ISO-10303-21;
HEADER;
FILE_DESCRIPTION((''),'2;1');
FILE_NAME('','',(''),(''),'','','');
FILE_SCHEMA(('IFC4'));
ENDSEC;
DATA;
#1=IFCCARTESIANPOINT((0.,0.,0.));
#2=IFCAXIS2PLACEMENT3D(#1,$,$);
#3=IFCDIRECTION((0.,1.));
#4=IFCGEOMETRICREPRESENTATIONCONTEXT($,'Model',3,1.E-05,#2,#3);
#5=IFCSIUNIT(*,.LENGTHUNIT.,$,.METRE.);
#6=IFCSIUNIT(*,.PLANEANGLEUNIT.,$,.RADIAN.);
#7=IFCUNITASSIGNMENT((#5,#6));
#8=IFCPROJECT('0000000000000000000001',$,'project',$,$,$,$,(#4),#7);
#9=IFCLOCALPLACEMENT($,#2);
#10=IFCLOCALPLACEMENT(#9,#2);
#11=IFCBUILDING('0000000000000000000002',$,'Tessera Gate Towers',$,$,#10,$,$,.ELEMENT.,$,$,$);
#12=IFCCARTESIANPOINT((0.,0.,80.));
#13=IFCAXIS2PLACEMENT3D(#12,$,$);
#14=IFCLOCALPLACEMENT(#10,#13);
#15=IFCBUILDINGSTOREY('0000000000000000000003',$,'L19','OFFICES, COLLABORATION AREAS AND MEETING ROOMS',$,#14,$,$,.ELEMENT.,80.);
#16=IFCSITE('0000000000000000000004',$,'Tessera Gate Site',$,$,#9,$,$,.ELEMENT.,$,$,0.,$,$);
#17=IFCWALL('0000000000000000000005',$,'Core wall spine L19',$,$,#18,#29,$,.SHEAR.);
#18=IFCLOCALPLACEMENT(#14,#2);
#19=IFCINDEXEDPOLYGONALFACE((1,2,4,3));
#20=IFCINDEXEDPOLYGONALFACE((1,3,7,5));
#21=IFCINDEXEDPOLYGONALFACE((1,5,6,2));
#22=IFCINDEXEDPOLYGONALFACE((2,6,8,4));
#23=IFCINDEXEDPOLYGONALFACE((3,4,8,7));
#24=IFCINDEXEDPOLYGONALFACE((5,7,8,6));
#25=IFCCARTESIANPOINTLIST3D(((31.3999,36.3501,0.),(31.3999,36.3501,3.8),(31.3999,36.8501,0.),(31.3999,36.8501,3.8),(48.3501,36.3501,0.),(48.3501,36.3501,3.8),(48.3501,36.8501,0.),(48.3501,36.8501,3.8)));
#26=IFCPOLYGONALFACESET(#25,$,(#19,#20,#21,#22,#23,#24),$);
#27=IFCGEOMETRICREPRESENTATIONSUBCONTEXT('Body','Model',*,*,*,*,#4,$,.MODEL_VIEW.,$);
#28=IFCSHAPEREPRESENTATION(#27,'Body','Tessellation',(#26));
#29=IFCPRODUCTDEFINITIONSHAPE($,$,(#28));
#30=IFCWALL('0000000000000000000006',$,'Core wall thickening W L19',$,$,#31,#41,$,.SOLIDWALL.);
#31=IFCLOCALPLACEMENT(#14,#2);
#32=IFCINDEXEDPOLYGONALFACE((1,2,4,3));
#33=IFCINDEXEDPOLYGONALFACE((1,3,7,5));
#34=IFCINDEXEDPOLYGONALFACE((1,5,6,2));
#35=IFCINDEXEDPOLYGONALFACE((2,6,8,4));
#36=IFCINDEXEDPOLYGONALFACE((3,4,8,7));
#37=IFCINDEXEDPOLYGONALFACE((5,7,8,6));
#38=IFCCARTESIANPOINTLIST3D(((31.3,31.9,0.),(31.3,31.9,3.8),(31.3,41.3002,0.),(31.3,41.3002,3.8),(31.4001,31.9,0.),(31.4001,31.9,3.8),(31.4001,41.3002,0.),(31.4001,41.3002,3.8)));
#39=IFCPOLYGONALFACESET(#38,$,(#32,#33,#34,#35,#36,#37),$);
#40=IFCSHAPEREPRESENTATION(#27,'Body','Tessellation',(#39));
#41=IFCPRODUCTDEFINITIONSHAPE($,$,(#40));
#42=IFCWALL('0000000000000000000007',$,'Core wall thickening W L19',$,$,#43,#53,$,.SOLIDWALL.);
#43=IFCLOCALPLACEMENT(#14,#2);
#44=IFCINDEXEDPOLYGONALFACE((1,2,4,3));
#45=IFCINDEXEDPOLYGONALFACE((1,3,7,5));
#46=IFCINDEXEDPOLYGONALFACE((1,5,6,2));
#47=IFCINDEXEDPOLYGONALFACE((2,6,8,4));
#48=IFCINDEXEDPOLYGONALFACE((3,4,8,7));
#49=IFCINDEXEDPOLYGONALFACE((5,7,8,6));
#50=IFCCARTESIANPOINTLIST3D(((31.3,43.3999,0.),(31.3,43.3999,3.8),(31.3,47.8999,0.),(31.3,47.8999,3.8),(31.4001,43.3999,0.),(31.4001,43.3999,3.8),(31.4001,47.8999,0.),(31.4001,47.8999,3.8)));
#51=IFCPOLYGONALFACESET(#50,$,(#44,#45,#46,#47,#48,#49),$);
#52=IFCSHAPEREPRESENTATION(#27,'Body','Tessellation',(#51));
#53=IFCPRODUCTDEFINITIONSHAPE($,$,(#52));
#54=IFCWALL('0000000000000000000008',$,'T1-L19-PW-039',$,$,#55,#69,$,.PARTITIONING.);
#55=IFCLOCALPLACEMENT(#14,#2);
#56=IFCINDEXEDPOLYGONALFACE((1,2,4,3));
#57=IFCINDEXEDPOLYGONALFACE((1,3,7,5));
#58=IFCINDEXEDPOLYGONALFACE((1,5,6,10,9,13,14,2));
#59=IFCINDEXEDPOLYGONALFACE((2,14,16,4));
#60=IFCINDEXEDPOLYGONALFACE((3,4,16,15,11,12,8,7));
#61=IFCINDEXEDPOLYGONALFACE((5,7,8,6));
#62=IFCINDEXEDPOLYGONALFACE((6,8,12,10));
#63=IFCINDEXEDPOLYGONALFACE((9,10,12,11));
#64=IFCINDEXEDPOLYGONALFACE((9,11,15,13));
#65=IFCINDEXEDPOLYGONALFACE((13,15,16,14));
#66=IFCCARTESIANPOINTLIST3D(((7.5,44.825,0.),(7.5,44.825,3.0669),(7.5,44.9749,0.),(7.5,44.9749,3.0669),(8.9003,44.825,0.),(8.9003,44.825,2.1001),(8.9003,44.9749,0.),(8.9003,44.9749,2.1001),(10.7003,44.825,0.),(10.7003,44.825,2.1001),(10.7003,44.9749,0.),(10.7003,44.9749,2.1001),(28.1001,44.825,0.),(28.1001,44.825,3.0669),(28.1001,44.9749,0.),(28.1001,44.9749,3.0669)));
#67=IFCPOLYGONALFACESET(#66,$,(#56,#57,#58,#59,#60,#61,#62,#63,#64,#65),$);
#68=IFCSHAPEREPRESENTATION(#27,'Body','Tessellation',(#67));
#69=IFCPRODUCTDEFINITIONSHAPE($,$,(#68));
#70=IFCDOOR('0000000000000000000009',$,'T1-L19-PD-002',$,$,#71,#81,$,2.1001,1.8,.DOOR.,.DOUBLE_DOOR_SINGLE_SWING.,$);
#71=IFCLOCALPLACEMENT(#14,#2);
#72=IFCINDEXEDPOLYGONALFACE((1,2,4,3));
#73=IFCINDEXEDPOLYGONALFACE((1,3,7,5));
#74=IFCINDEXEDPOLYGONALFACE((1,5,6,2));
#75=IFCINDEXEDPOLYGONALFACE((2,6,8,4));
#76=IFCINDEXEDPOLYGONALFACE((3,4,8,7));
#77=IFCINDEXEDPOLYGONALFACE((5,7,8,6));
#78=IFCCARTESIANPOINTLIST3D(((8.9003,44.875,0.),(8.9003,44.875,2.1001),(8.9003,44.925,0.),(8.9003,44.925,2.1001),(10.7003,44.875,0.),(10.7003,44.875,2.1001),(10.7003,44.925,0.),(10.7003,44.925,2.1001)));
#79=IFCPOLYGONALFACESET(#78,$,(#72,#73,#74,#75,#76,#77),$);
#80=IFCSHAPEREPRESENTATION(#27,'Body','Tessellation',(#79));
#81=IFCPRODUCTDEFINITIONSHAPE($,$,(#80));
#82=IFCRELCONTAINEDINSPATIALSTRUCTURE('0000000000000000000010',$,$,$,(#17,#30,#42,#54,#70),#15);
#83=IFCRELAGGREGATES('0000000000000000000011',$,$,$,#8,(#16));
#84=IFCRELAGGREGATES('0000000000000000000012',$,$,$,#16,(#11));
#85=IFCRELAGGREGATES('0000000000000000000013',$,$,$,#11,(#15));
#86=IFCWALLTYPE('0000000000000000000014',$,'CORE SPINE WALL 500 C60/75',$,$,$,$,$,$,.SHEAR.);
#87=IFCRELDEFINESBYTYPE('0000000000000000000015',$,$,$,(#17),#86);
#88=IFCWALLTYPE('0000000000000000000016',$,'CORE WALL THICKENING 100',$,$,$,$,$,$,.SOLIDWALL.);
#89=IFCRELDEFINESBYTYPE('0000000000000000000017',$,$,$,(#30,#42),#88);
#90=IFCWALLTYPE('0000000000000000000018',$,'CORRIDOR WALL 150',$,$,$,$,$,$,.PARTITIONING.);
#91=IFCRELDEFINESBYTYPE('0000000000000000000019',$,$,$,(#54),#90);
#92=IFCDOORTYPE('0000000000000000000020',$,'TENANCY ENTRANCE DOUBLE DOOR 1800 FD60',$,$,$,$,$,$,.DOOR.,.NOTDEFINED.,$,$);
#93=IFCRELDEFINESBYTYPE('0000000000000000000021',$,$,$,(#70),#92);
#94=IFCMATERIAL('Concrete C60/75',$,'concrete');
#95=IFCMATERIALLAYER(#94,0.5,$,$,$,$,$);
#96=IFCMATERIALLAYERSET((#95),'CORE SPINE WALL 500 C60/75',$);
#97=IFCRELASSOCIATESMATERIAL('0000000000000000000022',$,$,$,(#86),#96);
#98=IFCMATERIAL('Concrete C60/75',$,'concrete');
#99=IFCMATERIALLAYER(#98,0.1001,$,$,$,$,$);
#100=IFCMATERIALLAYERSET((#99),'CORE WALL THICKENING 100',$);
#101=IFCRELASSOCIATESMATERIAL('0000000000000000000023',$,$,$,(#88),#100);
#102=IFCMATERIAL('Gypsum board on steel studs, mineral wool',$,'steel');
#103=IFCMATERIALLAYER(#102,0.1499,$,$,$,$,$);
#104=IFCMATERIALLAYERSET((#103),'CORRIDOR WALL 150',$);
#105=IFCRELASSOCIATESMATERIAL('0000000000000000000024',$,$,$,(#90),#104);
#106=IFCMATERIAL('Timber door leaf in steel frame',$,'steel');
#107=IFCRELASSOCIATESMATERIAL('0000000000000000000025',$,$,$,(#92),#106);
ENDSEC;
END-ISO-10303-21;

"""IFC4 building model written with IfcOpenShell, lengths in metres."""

from ifc_helpers import new_model, si_unit, direction, frame, frame_2d, origin, place, context, subcontext, project, spatial, rectangle, extrude, source, transform, mapped, material, layer, layer_set, type_object, element, fill, save


model = new_model("IFC4")

# Units and contexts
model_context = context("Model", 3, precision=1e-05, world=origin(), true_north=direction((0.0, 1.0)))
body_context = subcontext(model_context, "Body", "Model", "MODEL_VIEW")
ifc_project = project(units=[si_unit("LENGTHUNIT", "METRE"), si_unit("PLANEANGLEUNIT", "RADIAN")], contexts=[model_context])

# Site, building, storey
site_placement = place(None, origin())
site = spatial("IfcSite", under=ifc_project, at=site_placement, Name="Tessera Gate Site", CompositionType="ELEMENT", RefElevation=0.0)
building_placement = place(site_placement, origin())
building = spatial("IfcBuilding", under=site, at=building_placement, Name="Tessera Gate Towers", CompositionType="ELEMENT")
storey_placement = place(building_placement, frame((0.0, 0.0, 80.0)))
storey = spatial("IfcBuildingStorey", under=building, at=storey_placement, Name="L19", Description="OFFICES, COLLABORATION AREAS AND MEETING ROOMS", CompositionType="ELEMENT", Elevation=80.0)

# Walls
ifc_material_1 = material(Name="Concrete C60/75", Category="concrete")
ifc_layer_1 = layer(ifc_material_1, 0.5)
ifc_layer_set_1 = layer_set([ifc_layer_1], Name="CORE SPINE WALL 500 C60/75")
wall_type_1 = type_object("IfcWallType", Name="CORE SPINE WALL 500 C60/75", PredefinedType="SHEAR", material=ifc_layer_set_1)
wall_1_placement = place(storey_placement, frame((31.3999, 36.6001, 0.0), z_axis=(0.0, 0.0, 1.0), x_axis=(1.0, 0.0, 0.0)))
element("IfcWall", 1, at=wall_1_placement, inside=storey, type_object=wall_type_1, Name="Core wall spine L19", PredefinedType="SHEAR", context=body_context, shape_type="SweptSolid", body=[
    extrude(rectangle(XDim=16.9502, YDim=0.5, at=frame_2d((8.4751, 0.0))), origin(), (0.0, 0.0, 1.0), 3.8),
])
ifc_material_2 = material(Name="Concrete C60/75", Category="concrete")
ifc_layer_2 = layer(ifc_material_2, 0.1001)
ifc_layer_set_2 = layer_set([ifc_layer_2], Name="CORE WALL THICKENING 100")
wall_type_2 = type_object("IfcWallType", Name="CORE WALL THICKENING 100", PredefinedType="SOLIDWALL", material=ifc_layer_set_2)
wall_2_placement = place(storey_placement, frame((31.3501, 31.8999, 0.0), z_axis=(0.0, 0.0, 1.0), x_axis=(0.0, 1.0, 0.0)))
element("IfcWall", 2, at=wall_2_placement, inside=storey, type_object=wall_type_2, Name="Core wall thickening W L19", PredefinedType="SOLIDWALL", context=body_context, shape_type="SweptSolid", body=[
    extrude(rectangle(XDim=9.4001, YDim=0.1001, at=frame_2d((4.7002, 0.0))), origin(), (0.0, 0.0, 1.0), 3.8),
])
wall_3_placement = place(storey_placement, frame((31.3501, 43.3999, 0.0), z_axis=(0.0, 0.0, 1.0), x_axis=(0.0, 1.0, 0.0)))
element("IfcWall", 3, at=wall_3_placement, inside=storey, type_object=wall_type_2, Name="Core wall thickening W L19", PredefinedType="SOLIDWALL", context=body_context, shape_type="SweptSolid", body=[
    extrude(rectangle(XDim=4.5, YDim=0.1001, at=frame_2d((2.25, 0.0))), origin(), (0.0, 0.0, 1.0), 3.8),
])

# Wall, opening, door
ifc_material_3 = material(Name="Gypsum board on steel studs, mineral wool", Category="steel")
ifc_layer_3 = layer(ifc_material_3, 0.1499)
ifc_layer_set_3 = layer_set([ifc_layer_3], Name="CORRIDOR WALL 150")
wall_type_3 = type_object("IfcWallType", Name="CORRIDOR WALL 150", PredefinedType="PARTITIONING", material=ifc_layer_set_3)
wall_4_placement = place(storey_placement, frame((28.1001, 44.8999, 0.0), z_axis=(0.0, 0.0, 1.0), x_axis=(-1.0, 0.0, 0.0)))
wall_4 = element("IfcWall", 4, at=wall_4_placement, inside=storey, type_object=wall_type_3, Name="T1-L19-PW-039", PredefinedType="PARTITIONING", context=body_context, shape_type="SweptSolid", body=[
    extrude(rectangle(XDim=20.6001, YDim=0.1499, at=frame_2d((10.3, 0.0))), origin(), (0.0, 0.0, 1.0), 3.0669),
])
shared_shape_1 = source(origin(), body_context, "Body", "SweptSolid", [
    extrude(rectangle(XDim=1.8, YDim=2.1001, at=frame_2d((0.8999, 1.05))), frame((0.0, 0.085, 0.0), z_axis=(0.0, -1.0, 0.0), x_axis=(1.0, 0.0, 0.0)), (0.0, 0.0, 1.0), 0.1699),
])
opening_1_placement = place(wall_4_placement, frame((17.3999, 0.0, 0.0)))
opening_1 = element("IfcOpeningElement", 5, at=opening_1_placement, cuts=wall_4, PredefinedType="OPENING", context=body_context, shape_type="MappedRepresentation", body=[
    mapped(shared_shape_1, transform((0.0, 0.0, 0.0), scale=1.0)),
])
ifc_material_4 = material(Name="Timber door leaf in steel frame", Category="steel")
door_type_1 = type_object("IfcDoorType", Name="TENANCY ENTRANCE DOUBLE DOOR 1800 FD60", OperationType="NOTDEFINED", PredefinedType="DOOR", material=ifc_material_4)
shared_shape_2 = source(origin(), body_context, "Body", "SweptSolid", [
    extrude(rectangle(XDim=1.8, YDim=2.1001, at=frame_2d((0.8999, 1.05))), frame((0.0, 0.0249, 0.0), z_axis=(0.0, -1.0, 0.0), x_axis=(1.0, 0.0, 0.0)), (0.0, 0.0, 1.0), 0.05),
])
door_1_placement = place(opening_1_placement, origin())
door_1 = element("IfcDoor", 6, at=door_1_placement, inside=storey, type_object=door_type_1, Name="T1-L19-PD-002", OperationType="DOUBLE_DOOR_SINGLE_SWING", OverallHeight=2.1001, OverallWidth=1.8, PredefinedType="DOOR", context=body_context, shape_type="MappedRepresentation", body=[
    mapped(shared_shape_2, transform((0.0, 0.0, 0.0), scale=1.0)),
])
fill(opening_1, door_1)

save(model, "model.ifc")
